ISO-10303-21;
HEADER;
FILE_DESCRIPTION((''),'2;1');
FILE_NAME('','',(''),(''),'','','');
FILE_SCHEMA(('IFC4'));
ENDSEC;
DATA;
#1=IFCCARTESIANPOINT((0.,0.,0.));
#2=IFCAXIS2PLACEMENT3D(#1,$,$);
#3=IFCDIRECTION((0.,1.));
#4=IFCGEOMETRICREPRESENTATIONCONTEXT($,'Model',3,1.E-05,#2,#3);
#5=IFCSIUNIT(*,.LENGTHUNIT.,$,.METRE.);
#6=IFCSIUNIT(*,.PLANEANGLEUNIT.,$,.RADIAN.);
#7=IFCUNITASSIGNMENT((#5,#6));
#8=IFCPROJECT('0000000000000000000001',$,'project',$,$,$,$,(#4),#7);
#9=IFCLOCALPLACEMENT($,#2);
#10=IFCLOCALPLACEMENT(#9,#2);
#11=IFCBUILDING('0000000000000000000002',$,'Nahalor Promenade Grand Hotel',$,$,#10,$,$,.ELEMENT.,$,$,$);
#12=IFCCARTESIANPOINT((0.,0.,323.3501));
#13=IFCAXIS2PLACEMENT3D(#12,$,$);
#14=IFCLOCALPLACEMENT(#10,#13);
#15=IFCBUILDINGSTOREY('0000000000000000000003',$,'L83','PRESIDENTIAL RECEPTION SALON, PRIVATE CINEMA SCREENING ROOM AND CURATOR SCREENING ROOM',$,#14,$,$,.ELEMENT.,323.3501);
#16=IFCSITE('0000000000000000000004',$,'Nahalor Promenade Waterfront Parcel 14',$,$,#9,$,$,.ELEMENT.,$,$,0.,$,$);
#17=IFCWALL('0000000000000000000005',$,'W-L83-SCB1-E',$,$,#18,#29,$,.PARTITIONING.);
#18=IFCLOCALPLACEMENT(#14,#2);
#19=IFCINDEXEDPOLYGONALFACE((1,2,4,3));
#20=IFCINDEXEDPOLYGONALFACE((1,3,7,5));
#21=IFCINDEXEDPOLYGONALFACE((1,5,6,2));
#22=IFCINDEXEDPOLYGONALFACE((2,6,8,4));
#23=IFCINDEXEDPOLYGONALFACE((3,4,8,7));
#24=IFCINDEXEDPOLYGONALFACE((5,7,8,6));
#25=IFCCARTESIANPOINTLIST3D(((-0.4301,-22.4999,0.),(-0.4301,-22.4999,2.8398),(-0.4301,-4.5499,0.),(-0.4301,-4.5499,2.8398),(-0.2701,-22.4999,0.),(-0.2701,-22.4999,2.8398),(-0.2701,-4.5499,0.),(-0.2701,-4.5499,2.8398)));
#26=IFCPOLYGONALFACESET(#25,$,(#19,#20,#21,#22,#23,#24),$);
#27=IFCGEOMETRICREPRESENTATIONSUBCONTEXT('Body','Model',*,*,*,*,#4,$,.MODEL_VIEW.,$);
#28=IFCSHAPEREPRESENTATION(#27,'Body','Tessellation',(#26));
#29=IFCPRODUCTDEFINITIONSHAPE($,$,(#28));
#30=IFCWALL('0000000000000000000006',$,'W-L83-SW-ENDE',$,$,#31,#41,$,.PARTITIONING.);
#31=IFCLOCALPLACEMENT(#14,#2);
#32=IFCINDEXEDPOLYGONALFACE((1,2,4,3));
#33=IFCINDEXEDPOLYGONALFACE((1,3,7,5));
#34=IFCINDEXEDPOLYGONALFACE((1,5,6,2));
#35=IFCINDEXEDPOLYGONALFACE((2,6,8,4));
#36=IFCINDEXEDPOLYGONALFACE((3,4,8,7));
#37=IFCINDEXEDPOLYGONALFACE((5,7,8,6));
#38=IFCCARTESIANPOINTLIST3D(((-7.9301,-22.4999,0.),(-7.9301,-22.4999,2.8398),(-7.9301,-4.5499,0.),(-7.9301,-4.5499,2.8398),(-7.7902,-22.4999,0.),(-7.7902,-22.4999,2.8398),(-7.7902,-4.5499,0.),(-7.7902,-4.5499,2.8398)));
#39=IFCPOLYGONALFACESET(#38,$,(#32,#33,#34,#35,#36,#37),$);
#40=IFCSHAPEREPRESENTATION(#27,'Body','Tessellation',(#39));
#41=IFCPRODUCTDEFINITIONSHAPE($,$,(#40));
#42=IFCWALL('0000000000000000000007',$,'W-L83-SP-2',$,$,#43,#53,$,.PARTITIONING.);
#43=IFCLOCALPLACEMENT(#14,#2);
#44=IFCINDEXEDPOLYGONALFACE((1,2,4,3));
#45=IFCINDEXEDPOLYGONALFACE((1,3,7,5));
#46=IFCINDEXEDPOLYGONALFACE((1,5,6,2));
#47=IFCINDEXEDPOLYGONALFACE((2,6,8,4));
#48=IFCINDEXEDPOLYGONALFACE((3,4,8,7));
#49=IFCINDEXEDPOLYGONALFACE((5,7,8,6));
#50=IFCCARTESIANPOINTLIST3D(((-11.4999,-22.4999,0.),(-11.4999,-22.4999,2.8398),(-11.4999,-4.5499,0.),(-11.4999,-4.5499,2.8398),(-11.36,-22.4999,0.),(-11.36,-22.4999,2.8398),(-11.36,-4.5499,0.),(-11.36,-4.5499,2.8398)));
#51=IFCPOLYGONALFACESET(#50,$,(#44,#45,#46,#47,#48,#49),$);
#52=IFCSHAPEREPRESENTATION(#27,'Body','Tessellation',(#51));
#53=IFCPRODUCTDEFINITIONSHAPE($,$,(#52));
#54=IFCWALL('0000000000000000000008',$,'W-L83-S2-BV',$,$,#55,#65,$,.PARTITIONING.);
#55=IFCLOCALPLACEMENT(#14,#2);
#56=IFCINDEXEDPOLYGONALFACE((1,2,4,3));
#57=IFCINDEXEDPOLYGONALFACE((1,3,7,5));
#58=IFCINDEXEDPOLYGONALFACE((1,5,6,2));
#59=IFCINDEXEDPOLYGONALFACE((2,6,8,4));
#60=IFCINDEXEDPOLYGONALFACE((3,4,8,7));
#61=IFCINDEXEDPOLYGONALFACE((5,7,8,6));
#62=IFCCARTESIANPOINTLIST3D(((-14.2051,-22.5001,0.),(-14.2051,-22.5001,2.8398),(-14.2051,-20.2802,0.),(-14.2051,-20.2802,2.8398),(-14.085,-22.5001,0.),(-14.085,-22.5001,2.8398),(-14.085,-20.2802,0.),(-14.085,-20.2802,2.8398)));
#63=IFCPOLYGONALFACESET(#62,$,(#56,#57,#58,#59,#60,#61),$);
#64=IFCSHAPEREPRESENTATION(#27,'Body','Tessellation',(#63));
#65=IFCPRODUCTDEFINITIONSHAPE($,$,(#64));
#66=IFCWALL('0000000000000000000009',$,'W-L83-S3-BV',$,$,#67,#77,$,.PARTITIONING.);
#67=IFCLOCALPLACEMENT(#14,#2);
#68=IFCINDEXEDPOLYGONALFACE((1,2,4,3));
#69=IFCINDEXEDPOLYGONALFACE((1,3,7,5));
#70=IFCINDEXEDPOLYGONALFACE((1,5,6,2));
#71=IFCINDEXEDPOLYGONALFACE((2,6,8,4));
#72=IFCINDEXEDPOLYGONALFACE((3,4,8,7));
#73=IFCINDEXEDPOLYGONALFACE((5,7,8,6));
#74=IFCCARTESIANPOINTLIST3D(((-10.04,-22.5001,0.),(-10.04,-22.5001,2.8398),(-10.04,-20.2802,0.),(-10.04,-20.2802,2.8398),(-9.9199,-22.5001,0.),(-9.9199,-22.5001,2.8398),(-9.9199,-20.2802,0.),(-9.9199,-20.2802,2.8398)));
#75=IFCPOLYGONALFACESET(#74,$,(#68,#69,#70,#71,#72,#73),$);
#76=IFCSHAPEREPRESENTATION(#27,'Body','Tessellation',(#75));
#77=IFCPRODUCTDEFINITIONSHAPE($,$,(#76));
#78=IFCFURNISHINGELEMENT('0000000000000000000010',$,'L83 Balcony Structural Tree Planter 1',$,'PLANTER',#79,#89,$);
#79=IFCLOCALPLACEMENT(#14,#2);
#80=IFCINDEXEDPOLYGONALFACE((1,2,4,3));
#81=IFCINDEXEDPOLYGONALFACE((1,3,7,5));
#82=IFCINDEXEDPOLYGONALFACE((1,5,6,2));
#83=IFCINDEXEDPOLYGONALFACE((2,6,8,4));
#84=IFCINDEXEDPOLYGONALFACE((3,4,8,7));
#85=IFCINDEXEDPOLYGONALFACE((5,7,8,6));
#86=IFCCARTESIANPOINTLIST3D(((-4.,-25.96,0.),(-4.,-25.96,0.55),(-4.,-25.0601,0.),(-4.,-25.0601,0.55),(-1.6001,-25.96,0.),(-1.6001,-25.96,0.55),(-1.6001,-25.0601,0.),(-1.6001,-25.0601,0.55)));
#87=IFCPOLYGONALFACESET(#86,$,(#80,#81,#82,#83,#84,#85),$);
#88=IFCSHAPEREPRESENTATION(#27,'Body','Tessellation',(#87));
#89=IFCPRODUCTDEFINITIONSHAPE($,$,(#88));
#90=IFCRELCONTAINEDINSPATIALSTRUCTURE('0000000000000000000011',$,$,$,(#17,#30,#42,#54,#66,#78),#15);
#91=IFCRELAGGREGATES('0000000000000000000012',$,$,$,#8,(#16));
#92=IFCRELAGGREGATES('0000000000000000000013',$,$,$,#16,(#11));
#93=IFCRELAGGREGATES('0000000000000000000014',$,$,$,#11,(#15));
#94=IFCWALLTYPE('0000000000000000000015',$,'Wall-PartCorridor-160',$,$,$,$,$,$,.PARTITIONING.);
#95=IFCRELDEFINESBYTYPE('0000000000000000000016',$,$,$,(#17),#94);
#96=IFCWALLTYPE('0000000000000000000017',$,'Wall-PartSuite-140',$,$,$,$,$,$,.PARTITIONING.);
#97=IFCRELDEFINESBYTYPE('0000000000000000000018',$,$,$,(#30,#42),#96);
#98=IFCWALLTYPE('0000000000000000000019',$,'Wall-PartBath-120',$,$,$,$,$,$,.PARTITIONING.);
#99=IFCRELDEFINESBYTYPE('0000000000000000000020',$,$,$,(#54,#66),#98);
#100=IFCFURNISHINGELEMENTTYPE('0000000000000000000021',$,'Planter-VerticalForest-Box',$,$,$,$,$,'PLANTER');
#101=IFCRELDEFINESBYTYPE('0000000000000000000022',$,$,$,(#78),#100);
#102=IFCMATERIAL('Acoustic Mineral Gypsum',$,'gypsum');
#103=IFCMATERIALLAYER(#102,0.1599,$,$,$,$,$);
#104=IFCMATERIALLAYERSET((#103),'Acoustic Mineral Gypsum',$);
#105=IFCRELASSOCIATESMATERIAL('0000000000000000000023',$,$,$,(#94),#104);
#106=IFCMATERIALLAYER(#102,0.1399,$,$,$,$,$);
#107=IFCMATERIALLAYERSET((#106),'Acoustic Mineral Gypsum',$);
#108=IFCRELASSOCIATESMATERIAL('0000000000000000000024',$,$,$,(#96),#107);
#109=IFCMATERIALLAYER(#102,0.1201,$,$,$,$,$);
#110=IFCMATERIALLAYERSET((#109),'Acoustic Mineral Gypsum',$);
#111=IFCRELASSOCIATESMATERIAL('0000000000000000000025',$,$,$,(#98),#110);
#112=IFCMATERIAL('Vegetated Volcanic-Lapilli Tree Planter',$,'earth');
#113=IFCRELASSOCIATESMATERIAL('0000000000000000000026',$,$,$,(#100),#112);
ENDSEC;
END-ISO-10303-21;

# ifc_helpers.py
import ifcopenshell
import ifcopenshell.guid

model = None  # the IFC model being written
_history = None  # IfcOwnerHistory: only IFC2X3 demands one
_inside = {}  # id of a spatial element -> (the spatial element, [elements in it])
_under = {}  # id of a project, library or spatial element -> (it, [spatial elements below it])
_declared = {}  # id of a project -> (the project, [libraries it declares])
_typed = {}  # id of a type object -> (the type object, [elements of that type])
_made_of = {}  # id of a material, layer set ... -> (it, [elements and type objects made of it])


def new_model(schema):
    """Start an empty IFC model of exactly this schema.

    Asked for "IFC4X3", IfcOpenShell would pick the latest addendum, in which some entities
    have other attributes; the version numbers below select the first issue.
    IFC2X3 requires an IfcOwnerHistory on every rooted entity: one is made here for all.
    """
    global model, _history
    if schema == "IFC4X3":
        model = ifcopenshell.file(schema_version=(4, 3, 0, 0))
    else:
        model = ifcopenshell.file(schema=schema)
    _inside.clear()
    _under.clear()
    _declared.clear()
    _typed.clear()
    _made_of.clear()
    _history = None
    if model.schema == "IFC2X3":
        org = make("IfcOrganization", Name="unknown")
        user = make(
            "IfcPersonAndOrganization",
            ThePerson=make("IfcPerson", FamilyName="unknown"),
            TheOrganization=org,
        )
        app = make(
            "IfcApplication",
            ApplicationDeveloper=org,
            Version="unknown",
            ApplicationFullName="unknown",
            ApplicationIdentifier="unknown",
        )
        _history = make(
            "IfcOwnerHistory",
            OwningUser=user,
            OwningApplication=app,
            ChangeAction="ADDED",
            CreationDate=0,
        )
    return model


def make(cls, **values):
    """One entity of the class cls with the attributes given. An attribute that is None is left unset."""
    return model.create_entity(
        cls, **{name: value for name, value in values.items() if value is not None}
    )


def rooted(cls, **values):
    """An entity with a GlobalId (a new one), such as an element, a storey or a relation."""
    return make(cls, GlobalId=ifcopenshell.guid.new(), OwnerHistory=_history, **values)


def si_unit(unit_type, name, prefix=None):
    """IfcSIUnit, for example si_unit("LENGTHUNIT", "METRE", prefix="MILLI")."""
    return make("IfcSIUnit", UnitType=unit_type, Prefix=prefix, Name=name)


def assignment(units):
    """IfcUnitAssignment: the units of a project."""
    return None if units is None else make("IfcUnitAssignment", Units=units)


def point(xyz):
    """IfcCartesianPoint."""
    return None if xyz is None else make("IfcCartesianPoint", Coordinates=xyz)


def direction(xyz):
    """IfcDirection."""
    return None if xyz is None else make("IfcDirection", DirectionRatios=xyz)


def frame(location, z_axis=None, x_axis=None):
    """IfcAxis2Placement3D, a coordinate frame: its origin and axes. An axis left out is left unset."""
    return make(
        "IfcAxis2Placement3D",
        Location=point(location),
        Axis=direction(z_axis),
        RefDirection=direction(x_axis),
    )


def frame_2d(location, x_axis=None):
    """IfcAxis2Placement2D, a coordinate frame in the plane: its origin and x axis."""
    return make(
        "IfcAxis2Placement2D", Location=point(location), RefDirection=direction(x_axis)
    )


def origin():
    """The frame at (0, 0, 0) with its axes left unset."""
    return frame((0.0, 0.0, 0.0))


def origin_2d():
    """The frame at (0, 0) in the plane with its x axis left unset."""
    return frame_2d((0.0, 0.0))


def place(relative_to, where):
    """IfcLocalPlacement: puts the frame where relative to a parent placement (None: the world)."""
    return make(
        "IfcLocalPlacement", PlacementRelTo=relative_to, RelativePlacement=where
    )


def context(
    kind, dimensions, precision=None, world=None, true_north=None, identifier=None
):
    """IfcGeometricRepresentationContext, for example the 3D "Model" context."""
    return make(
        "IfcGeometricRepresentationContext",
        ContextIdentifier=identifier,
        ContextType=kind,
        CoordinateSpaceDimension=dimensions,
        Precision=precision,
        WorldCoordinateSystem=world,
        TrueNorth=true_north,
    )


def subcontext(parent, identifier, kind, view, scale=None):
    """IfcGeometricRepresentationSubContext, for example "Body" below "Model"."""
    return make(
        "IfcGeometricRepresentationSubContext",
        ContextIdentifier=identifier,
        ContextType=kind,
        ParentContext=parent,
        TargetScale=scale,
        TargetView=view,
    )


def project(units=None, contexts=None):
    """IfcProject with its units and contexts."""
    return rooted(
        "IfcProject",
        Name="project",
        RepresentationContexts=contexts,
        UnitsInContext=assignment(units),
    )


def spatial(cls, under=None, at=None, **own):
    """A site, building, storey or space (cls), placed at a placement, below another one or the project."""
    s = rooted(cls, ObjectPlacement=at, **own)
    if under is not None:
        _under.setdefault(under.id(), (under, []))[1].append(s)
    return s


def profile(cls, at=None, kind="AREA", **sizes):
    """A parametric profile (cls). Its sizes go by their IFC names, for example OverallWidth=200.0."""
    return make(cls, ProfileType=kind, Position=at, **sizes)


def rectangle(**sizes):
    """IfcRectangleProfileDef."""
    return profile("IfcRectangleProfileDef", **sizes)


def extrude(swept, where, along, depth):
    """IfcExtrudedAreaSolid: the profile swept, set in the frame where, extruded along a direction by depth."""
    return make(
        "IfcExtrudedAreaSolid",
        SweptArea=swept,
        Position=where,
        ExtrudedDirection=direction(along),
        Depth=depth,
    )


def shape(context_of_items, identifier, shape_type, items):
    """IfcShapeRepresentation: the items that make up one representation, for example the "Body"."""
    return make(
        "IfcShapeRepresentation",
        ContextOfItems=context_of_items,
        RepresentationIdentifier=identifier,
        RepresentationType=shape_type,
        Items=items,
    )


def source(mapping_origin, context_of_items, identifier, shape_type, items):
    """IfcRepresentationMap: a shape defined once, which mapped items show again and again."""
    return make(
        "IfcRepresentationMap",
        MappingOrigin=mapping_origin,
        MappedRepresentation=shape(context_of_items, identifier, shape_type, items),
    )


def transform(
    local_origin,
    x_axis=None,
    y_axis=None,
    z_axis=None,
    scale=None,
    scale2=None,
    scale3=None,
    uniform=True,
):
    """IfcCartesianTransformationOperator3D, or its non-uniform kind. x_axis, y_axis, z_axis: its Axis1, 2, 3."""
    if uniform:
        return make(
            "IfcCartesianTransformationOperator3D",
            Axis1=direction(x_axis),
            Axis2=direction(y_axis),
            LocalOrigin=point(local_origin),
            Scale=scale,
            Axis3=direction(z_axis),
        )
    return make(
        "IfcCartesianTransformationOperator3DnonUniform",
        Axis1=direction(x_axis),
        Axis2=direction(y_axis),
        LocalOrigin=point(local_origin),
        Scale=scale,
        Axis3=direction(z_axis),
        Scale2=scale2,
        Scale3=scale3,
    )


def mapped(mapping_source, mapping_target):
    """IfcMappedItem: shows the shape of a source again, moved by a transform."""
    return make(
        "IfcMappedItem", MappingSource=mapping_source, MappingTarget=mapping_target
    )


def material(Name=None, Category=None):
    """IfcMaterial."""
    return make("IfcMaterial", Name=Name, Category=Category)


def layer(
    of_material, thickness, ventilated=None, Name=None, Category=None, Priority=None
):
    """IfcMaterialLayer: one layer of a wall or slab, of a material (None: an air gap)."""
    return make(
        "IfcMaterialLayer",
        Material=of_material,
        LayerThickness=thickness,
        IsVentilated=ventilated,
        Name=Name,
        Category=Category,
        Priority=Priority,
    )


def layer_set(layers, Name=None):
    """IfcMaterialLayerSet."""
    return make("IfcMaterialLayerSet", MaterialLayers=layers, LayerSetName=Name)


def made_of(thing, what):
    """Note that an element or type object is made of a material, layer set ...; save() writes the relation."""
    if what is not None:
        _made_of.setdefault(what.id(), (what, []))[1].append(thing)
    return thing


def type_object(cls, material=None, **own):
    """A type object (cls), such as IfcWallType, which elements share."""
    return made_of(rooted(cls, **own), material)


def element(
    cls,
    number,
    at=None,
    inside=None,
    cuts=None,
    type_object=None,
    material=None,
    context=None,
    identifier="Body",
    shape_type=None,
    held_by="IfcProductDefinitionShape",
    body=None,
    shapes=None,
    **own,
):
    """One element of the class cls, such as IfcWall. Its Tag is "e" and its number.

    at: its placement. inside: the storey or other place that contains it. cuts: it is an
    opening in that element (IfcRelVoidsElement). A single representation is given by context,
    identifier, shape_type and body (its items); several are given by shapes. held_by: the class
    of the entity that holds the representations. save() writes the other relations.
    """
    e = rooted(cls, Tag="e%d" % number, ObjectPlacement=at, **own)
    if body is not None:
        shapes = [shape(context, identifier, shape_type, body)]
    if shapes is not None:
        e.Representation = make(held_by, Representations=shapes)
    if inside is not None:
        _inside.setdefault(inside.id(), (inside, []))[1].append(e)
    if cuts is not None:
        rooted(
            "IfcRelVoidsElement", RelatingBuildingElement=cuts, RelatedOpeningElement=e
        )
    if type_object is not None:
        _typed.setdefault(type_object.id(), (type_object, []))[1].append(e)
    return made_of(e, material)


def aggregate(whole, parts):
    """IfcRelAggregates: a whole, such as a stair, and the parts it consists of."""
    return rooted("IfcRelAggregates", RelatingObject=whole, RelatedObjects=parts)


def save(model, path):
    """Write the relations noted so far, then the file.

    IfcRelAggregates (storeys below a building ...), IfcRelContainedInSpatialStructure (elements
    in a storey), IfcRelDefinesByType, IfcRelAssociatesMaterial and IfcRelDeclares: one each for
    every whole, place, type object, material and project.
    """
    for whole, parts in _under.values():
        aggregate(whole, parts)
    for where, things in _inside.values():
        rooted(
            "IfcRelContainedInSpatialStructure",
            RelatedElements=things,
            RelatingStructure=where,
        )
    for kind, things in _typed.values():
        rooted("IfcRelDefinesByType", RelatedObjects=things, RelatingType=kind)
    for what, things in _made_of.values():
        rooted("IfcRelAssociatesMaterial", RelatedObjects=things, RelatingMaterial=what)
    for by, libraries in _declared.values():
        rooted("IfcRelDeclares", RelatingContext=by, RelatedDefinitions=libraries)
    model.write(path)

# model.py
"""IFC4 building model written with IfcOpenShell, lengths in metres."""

from ifc_helpers import new_model, si_unit, direction, frame, frame_2d, origin, origin_2d, place, context, subcontext, project, spatial, rectangle, extrude, source, transform, mapped, material, layer, layer_set, type_object, element, save


model = new_model("IFC4")

# Units and contexts
model_context = context("Model", 3, precision=1e-05, world=origin(), true_north=direction((0.0, 1.0)))
body_context = subcontext(model_context, "Body", "Model", "MODEL_VIEW")
ifc_project = project(units=[si_unit("LENGTHUNIT", "METRE"), si_unit("PLANEANGLEUNIT", "RADIAN")], contexts=[model_context])

# Site, building, storey
site_placement = place(None, origin())
site = spatial("IfcSite", under=ifc_project, at=site_placement, Name="Nahalor Promenade Waterfront Parcel 14", CompositionType="ELEMENT", RefElevation=0.0)
building_placement = place(site_placement, origin())
building = spatial("IfcBuilding", under=site, at=building_placement, Name="Nahalor Promenade Grand Hotel", CompositionType="ELEMENT")
storey_placement = place(building_placement, frame((0.0, 0.0, 323.3501)))
storey = spatial("IfcBuildingStorey", under=building, at=storey_placement, Name="L83", Description="PRESIDENTIAL RECEPTION SALON, PRIVATE CINEMA SCREENING ROOM AND CURATOR SCREENING ROOM", CompositionType="ELEMENT", Elevation=323.3501)

# Walls
ifc_material_1 = material(Name="Acoustic Mineral Gypsum", Category="gypsum")
ifc_layer_1 = layer(ifc_material_1, 0.1599)
ifc_layer_set_1 = layer_set([ifc_layer_1], Name="Acoustic Mineral Gypsum")
wall_type_1 = type_object("IfcWallType", Name="Wall-PartCorridor-160", PredefinedType="PARTITIONING", material=ifc_layer_set_1)
shared_shape_1 = source(origin(), body_context, "Body", "SweptSolid", [
    extrude(rectangle(XDim=17.95, YDim=0.1599, at=frame_2d((8.9751, 0.0))), origin(), (0.0, 0.0, 1.0), 2.8398),
])
for number, where, z_axis, x_axis, name in (
    (1, (-0.3501, -22.5, 0.0), (0.0, 0.0, 1.0), (0.0, 1.0, 0.0), "W-L83-SCB1-E"),
):
    element("IfcWall", number, at=place(storey_placement, frame(where, z_axis=z_axis, x_axis=x_axis)), inside=storey, type_object=wall_type_1, Name=name, PredefinedType="PARTITIONING", context=body_context, shape_type="MappedRepresentation", body=[
        mapped(shared_shape_1, transform((0.0, 0.0, 0.0), scale=1.0)),
    ])
ifc_layer_2 = layer(ifc_material_1, 0.1399)
ifc_layer_set_2 = layer_set([ifc_layer_2], Name="Acoustic Mineral Gypsum")
wall_type_2 = type_object("IfcWallType", Name="Wall-PartSuite-140", PredefinedType="PARTITIONING", material=ifc_layer_set_2)
shared_shape_2 = source(origin(), body_context, "Body", "SweptSolid", [
    extrude(rectangle(XDim=17.95, YDim=0.1399, at=frame_2d((8.9751, 0.0))), origin(), (0.0, 0.0, 1.0), 2.8398),
])
for number, where, z_axis, x_axis, name in (
    (2, (-7.8601, -22.5, 0.0), (0.0, 0.0, 1.0), (0.0, 1.0, 0.0), "W-L83-SW-ENDE"),
    (3, (-11.4299, -22.5, 0.0), (0.0, 0.0, 1.0), (0.0, 1.0, 0.0), "W-L83-SP-2"),
):
    element("IfcWall", number, at=place(storey_placement, frame(where, z_axis=z_axis, x_axis=x_axis)), inside=storey, type_object=wall_type_2, Name=name, PredefinedType="PARTITIONING", context=body_context, shape_type="MappedRepresentation", body=[
        mapped(shared_shape_2, transform((0.0, 0.0, 0.0), scale=1.0)),
    ])
ifc_layer_3 = layer(ifc_material_1, 0.1201)
ifc_layer_set_3 = layer_set([ifc_layer_3], Name="Acoustic Mineral Gypsum")
wall_type_3 = type_object("IfcWallType", Name="Wall-PartBath-120", PredefinedType="PARTITIONING", material=ifc_layer_set_3)
shared_shape_3 = source(origin(), body_context, "Body", "SweptSolid", [
    extrude(rectangle(XDim=2.22, YDim=0.1201, at=frame_2d((1.1099, 0.0))), origin(), (0.0, 0.0, 1.0), 2.8398),
])
for number, where, z_axis, x_axis, name in (
    (4, (-14.145, -22.5, 0.0), (0.0, 0.0, 1.0), (0.0, 1.0, 0.0), "W-L83-S2-BV"),
    (5, (-9.98, -22.5, 0.0), (0.0, 0.0, 1.0), (0.0, 1.0, 0.0), "W-L83-S3-BV"),
):
    element("IfcWall", number, at=place(storey_placement, frame(where, z_axis=z_axis, x_axis=x_axis)), inside=storey, type_object=wall_type_3, Name=name, PredefinedType="PARTITIONING", context=body_context, shape_type="MappedRepresentation", body=[
        mapped(shared_shape_3, transform((0.0, 0.0, 0.0), scale=1.0)),
    ])

# Furnishing element
ifc_material_2 = material(Name="Vegetated Volcanic-Lapilli Tree Planter", Category="earth")
furnishing_element_type = type_object("IfcFurnishingElementType", Name="Planter-VerticalForest-Box", ElementType="PLANTER", material=ifc_material_2)
shared_shape_4 = source(origin(), body_context, "Body", "SweptSolid", [
    extrude(rectangle(XDim=2.3999, YDim=0.8999, at=origin_2d()), origin(), (0.0, 0.0, 1.0), 0.55),
])
furnishing_placement = place(storey_placement, frame((-2.8, -25.51, 0.0), z_axis=(0.0, 0.0, 1.0), x_axis=(1.0, 0.0, 0.0)))
element("IfcFurnishingElement", 6, at=furnishing_placement, inside=storey, type_object=furnishing_element_type, Name="L83 Balcony Structural Tree Planter 1", ObjectType="PLANTER", context=body_context, shape_type="MappedRepresentation", body=[
    mapped(shared_shape_4, transform((0.0, 0.0, 0.0), scale=1.0)),
])

save(model, "model.ifc")
